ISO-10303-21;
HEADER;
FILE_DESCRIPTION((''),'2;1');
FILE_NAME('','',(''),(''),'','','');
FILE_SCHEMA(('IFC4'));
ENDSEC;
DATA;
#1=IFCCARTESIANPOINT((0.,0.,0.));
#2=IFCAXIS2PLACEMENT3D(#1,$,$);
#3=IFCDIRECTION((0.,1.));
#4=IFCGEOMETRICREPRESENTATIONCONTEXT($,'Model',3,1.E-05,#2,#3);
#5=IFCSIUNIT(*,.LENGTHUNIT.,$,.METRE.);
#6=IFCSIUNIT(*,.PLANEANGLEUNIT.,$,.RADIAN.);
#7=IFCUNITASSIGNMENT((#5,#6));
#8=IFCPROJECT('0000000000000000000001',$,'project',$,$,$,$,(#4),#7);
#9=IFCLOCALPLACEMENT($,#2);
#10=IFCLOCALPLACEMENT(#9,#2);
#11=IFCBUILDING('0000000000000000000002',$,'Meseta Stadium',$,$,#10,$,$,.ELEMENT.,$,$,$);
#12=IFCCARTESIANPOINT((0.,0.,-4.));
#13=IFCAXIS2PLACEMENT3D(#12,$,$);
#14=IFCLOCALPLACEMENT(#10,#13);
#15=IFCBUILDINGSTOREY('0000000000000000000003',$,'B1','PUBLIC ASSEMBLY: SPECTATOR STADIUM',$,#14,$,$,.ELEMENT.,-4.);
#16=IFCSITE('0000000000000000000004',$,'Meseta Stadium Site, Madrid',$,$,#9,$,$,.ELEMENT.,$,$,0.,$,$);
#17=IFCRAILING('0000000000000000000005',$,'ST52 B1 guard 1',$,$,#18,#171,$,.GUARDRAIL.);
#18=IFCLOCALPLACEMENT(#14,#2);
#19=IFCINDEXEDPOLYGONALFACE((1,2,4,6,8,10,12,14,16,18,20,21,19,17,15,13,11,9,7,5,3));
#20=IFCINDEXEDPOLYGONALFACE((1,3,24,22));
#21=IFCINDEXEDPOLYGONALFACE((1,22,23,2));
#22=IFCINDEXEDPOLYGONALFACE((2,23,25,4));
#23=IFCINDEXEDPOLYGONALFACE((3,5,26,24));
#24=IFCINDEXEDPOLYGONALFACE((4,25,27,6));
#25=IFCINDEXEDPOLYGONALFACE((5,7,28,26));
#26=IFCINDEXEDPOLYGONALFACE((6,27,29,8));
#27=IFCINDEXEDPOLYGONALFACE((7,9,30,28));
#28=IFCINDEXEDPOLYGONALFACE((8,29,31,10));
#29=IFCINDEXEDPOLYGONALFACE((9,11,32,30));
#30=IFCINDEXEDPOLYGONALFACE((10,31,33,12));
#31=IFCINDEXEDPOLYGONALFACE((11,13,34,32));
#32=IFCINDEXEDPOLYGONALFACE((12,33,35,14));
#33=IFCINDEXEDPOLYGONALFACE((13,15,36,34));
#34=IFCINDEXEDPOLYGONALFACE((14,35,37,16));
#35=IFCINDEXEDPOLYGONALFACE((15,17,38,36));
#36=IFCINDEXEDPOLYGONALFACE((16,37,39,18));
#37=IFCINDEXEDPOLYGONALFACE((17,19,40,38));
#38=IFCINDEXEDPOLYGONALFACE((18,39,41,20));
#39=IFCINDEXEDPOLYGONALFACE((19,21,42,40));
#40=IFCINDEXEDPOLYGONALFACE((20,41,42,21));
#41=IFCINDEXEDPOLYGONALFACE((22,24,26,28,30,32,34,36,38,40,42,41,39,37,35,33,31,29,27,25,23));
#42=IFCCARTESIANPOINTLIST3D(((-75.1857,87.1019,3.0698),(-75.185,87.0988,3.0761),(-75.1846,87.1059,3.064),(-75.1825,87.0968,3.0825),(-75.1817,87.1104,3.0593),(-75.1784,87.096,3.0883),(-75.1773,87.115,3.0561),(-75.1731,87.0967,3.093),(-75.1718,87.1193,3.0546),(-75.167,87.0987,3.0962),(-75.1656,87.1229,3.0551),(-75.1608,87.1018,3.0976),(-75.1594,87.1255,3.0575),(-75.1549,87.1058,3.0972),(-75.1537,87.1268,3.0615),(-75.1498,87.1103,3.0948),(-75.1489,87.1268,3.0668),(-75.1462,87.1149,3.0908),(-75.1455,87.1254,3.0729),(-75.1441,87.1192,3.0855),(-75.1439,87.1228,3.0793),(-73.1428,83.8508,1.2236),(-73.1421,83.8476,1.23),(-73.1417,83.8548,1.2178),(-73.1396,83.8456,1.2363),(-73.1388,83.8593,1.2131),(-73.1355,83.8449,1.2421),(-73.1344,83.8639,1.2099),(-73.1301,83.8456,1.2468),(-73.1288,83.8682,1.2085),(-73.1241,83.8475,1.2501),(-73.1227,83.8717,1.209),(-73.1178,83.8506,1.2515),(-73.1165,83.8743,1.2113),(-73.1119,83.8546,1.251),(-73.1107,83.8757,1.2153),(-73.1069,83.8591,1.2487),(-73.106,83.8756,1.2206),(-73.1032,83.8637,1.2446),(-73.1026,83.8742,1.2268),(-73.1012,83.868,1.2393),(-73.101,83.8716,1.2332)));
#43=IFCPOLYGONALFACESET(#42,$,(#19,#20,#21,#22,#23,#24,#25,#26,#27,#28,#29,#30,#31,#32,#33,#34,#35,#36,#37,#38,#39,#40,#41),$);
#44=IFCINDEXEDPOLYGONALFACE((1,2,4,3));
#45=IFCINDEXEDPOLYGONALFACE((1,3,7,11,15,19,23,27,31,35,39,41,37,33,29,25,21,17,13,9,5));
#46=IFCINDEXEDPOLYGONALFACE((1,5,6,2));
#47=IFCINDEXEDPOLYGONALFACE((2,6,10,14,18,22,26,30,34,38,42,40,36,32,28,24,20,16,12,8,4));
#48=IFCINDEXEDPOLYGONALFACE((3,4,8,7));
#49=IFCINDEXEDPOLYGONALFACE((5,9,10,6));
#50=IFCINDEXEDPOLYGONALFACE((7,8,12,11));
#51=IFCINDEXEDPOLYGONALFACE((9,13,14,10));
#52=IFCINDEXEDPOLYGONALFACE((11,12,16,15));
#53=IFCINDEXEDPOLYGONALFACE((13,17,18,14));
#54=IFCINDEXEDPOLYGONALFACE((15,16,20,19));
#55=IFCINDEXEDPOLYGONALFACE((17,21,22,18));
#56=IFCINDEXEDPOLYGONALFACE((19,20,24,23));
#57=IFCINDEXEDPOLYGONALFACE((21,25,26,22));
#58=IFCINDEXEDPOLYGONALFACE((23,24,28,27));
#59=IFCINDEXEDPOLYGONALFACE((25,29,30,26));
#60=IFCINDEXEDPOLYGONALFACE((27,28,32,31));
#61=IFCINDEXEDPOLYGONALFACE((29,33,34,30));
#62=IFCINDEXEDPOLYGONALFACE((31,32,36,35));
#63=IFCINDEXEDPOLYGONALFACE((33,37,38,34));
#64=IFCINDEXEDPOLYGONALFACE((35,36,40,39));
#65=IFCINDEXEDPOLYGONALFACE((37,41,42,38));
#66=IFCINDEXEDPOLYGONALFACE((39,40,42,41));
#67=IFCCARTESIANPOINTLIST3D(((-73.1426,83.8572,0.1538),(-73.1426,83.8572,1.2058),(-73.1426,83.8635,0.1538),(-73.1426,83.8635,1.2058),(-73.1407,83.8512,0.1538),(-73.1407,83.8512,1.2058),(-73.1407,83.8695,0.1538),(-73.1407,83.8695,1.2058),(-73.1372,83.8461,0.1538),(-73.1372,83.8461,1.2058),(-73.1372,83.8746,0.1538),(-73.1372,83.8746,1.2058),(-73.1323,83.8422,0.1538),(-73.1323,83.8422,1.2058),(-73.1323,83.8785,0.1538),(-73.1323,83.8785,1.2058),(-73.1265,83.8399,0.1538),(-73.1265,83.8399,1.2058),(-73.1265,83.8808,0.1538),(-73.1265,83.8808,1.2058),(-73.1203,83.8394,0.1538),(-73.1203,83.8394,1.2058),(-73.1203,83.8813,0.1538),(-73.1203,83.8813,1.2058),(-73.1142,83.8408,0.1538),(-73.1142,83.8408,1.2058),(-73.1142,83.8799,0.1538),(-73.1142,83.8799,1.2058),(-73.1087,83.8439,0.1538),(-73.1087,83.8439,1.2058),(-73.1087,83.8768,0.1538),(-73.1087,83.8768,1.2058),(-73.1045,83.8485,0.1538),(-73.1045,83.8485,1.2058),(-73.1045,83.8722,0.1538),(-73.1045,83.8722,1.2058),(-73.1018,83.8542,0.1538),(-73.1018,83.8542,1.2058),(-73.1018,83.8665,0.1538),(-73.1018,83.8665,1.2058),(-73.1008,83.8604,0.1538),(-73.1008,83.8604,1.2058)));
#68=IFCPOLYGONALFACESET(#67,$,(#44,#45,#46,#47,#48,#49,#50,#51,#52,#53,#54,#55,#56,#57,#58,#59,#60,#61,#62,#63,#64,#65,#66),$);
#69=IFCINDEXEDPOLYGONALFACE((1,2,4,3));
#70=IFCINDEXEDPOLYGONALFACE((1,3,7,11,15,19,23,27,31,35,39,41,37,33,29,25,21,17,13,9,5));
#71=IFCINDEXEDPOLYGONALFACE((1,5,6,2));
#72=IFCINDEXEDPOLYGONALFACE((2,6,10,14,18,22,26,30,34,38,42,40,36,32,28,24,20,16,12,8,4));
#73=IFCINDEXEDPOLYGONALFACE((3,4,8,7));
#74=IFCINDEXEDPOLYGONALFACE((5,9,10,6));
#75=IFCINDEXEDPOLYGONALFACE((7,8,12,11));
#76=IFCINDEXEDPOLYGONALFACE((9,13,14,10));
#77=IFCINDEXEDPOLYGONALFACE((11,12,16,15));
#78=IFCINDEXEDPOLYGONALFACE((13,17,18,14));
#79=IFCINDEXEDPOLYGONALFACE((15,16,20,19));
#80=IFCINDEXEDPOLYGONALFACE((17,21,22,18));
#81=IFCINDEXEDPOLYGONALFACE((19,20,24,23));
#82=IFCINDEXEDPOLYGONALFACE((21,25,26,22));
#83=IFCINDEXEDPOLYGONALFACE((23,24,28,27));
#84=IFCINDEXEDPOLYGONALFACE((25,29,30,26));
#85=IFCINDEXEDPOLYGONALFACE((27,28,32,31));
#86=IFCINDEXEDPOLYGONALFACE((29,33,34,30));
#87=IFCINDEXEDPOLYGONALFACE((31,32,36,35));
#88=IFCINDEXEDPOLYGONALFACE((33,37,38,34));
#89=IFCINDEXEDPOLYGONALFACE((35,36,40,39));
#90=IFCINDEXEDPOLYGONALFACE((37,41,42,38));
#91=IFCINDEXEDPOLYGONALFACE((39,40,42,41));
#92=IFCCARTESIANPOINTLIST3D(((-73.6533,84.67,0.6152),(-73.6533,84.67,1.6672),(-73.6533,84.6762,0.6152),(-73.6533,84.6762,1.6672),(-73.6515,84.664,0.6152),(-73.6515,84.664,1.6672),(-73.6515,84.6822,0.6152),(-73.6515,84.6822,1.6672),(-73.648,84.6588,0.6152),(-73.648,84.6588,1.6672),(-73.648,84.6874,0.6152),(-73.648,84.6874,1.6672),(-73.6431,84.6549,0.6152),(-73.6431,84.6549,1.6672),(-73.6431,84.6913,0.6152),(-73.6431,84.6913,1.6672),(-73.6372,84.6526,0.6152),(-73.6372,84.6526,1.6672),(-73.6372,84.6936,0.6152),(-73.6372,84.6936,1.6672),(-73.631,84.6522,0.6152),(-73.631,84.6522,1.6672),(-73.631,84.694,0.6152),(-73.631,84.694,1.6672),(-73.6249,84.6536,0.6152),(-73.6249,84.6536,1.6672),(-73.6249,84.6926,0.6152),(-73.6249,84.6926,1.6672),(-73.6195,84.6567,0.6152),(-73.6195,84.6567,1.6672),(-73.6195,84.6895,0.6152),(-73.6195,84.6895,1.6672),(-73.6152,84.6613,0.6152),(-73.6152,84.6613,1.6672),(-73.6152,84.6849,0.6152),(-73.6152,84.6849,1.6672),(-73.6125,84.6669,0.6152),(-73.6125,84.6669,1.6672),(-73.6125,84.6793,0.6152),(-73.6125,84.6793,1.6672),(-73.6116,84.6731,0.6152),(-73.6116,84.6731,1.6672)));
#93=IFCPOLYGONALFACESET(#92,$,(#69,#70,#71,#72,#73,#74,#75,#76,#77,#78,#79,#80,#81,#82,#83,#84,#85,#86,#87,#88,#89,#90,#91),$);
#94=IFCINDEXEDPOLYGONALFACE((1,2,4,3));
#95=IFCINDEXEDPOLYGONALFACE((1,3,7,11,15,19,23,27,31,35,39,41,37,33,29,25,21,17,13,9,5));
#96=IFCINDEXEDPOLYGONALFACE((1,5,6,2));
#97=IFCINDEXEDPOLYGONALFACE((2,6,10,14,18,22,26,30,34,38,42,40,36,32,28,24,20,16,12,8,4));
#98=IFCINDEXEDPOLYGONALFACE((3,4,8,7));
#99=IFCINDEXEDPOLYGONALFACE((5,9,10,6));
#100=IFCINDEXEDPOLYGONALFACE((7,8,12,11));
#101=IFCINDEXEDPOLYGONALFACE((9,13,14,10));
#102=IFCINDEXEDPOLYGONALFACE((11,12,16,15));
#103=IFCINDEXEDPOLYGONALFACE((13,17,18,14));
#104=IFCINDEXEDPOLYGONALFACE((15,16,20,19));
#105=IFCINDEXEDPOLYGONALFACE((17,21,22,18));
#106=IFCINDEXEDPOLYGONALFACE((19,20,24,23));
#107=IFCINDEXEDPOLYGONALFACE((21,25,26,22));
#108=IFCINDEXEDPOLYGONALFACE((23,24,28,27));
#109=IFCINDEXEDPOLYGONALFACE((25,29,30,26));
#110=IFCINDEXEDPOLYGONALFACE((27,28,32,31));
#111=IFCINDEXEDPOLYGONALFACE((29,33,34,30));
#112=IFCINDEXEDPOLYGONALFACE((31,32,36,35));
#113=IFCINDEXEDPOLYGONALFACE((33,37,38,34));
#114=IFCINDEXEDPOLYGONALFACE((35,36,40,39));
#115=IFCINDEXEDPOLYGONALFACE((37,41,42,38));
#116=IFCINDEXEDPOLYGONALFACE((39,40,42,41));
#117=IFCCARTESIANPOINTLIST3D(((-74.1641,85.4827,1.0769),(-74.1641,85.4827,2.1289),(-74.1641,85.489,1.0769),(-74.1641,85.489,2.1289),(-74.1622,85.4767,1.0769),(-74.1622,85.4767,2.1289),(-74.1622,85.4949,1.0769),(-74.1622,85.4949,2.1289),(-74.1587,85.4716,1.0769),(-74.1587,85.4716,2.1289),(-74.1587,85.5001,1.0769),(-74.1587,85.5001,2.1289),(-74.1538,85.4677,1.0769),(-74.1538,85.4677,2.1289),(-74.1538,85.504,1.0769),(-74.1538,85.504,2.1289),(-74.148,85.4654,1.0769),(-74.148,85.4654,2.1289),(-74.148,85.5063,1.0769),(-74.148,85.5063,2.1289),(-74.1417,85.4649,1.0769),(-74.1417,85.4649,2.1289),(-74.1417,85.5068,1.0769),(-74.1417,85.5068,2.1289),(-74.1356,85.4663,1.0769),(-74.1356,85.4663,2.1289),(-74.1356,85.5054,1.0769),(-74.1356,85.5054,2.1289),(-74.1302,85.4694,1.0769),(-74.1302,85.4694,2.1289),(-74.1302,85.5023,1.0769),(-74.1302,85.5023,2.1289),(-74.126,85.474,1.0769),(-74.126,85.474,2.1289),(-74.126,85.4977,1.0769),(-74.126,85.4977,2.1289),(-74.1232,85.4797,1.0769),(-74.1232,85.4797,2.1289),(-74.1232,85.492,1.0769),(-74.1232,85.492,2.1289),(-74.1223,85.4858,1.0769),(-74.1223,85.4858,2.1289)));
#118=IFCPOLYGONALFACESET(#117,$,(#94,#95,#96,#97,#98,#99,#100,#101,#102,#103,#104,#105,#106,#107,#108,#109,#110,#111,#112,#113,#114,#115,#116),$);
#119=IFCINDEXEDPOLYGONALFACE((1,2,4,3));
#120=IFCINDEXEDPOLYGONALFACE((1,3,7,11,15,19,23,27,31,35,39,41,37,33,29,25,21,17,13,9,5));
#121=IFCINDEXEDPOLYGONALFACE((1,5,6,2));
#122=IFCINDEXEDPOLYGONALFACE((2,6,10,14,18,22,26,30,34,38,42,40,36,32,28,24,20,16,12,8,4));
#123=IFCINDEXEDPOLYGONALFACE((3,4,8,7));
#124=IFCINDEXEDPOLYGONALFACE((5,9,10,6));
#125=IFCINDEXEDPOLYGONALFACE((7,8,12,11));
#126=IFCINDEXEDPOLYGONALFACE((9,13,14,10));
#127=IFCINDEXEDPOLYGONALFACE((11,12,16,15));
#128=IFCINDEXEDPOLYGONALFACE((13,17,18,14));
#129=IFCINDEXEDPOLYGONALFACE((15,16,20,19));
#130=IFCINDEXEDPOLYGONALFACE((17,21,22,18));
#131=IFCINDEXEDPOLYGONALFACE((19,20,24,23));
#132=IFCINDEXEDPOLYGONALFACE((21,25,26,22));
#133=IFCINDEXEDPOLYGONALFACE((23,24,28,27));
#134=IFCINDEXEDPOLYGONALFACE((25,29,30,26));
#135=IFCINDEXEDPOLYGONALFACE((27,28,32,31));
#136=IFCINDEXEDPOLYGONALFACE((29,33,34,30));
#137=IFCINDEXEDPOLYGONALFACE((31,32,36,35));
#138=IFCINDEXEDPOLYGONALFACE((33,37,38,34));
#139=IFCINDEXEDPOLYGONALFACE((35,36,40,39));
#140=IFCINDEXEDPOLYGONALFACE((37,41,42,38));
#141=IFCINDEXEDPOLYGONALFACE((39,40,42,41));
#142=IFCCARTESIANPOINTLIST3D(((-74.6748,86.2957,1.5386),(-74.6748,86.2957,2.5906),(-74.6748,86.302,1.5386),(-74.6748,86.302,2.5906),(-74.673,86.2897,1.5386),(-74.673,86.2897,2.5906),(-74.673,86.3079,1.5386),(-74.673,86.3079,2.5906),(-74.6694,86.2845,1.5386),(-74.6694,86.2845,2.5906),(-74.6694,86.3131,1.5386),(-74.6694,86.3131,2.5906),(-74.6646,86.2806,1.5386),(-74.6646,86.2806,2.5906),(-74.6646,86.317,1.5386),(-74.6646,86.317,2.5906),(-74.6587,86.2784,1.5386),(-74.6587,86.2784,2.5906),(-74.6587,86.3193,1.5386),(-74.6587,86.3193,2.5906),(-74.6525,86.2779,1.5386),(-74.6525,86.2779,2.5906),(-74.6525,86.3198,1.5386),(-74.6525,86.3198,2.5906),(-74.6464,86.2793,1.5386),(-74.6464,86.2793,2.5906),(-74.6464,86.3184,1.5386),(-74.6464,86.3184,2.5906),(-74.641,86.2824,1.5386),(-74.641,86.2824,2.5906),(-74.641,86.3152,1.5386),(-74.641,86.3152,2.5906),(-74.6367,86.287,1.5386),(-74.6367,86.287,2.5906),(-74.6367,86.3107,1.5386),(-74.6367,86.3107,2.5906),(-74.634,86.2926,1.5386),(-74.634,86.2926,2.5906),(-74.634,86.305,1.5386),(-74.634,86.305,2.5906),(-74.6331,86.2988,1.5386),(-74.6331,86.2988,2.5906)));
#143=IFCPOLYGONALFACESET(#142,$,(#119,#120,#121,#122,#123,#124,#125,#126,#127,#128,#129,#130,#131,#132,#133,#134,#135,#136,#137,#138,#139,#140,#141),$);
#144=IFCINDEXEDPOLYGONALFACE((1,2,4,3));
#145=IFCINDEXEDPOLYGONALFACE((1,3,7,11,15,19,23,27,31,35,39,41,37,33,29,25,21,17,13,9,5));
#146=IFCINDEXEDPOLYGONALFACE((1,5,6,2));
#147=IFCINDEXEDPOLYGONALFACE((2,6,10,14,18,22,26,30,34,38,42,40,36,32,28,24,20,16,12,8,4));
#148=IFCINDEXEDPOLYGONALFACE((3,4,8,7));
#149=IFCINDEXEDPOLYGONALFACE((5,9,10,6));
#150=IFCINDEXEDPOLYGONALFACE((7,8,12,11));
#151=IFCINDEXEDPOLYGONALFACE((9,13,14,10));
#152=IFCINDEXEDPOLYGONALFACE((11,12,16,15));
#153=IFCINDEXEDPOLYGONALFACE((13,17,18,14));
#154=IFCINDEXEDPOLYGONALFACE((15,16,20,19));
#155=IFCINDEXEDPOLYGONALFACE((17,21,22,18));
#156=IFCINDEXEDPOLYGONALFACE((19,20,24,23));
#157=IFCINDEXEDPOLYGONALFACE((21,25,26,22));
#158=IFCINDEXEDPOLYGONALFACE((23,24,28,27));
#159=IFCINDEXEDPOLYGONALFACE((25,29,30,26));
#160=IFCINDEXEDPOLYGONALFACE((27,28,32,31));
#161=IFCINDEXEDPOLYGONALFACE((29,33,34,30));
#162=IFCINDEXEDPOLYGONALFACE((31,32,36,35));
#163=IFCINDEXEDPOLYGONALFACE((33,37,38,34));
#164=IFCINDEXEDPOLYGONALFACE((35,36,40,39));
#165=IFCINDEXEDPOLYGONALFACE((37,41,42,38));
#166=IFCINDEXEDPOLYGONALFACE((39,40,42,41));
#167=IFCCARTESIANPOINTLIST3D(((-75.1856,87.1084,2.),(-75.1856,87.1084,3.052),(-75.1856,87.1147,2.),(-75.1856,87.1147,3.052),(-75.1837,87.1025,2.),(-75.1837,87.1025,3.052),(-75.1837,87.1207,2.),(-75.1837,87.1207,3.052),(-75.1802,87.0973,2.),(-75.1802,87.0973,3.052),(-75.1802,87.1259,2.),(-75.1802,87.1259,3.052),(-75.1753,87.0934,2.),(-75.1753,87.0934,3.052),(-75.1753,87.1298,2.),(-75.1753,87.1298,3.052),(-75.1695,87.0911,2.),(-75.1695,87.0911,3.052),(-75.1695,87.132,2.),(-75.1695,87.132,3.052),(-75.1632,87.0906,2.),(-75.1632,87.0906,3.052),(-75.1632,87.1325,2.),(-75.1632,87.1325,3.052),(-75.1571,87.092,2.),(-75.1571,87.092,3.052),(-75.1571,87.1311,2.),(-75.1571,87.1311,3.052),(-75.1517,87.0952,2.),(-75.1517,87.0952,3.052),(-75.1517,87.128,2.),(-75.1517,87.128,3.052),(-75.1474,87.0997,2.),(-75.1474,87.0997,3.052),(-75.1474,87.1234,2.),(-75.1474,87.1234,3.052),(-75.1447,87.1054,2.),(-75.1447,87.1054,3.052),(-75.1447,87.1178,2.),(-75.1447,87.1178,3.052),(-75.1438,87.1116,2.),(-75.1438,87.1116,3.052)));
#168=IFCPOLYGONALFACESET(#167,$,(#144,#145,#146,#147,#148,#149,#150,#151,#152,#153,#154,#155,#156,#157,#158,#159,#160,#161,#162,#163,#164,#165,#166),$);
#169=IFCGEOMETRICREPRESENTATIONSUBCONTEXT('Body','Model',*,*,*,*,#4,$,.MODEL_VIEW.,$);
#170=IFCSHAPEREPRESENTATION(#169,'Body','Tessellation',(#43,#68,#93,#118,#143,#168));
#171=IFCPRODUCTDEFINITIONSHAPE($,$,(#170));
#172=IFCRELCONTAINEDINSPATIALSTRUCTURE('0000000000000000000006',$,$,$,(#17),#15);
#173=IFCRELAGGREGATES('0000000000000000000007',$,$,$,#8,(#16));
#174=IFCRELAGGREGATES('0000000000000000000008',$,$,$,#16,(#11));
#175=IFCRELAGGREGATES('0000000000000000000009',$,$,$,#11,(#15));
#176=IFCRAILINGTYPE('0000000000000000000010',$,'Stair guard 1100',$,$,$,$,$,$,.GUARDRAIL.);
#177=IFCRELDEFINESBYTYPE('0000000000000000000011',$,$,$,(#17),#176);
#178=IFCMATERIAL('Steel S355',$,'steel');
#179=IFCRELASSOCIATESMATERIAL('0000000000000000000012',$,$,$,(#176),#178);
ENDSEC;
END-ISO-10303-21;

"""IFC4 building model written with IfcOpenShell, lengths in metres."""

from ifc_helpers import new_model, si_unit, direction, frame, origin, origin_2d, place, context, subcontext, project, spatial, circle, extrude, material, type_object, element, save


model = new_model("IFC4")

# Units and contexts
model_context = context("Model", 3, precision=1e-05, world=origin(), true_north=direction((0.0, 1.0)))
body_context = subcontext(model_context, "Body", "Model", "MODEL_VIEW")
ifc_project = project(units=[si_unit("LENGTHUNIT", "METRE"), si_unit("PLANEANGLEUNIT", "RADIAN")], contexts=[model_context])

# Site, building, storey
site_placement = place(None, origin())
site = spatial("IfcSite", under=ifc_project, at=site_placement, Name="Meseta Stadium Site, Madrid", CompositionType="ELEMENT", RefElevation=0.0)
building_placement = place(site_placement, origin())
building = spatial("IfcBuilding", under=site, at=building_placement, Name="Meseta Stadium", CompositionType="ELEMENT")
storey_placement = place(building_placement, frame((0.0, 0.0, -4.0)))
storey = spatial("IfcBuildingStorey", under=building, at=storey_placement, Name="B1", Description="PUBLIC ASSEMBLY: SPECTATOR STADIUM", CompositionType="ELEMENT", Elevation=-4.0)

# Railing
ifc_material_1 = material(Name="Steel S355", Category="steel")
railing_type_1 = type_object("IfcRailingType", Name="Stair guard 1100", PredefinedType="GUARDRAIL", material=ifc_material_1)
railing_1_placement = place(storey_placement, frame((-73.1218, 83.8604, 0.1538)))
element("IfcRailing", 1, at=railing_1_placement, inside=storey, type_object=railing_type_1, Name="ST52 B1 guard 1", PredefinedType="GUARDRAIL", context=body_context, shape_type="SweptSolid", body=[
    extrude(circle(Radius=0.0239, at=origin_2d()), frame((0.0, 0.0, 1.0762), z_axis=(-0.479504, 0.763093, 0.433319), x_axis=(-0.846713, -0.532049, 0.0)), (0.0, 0.0, 1.0), 4.2605),
    extrude(circle(Radius=0.021, at=origin_2d()), origin(), (0.0, 0.0, 1.0), 1.052),
    extrude(circle(Radius=0.021, at=origin_2d()), frame((-0.5107, 0.8127, 0.4614)), (0.0, 0.0, 1.0), 1.052),
    extrude(circle(Radius=0.021, at=origin_2d()), frame((-1.0215, 1.6255, 0.9231)), (0.0, 0.0, 1.0), 1.052),
    extrude(circle(Radius=0.021, at=origin_2d()), frame((-1.5322, 2.4385, 1.3848)), (0.0, 0.0, 1.0), 1.052),
    extrude(circle(Radius=0.021, at=origin_2d()), frame((-2.043, 3.2512, 1.8462)), (0.0, 0.0, 1.0), 1.052),
])

save(model, "model.ifc")
